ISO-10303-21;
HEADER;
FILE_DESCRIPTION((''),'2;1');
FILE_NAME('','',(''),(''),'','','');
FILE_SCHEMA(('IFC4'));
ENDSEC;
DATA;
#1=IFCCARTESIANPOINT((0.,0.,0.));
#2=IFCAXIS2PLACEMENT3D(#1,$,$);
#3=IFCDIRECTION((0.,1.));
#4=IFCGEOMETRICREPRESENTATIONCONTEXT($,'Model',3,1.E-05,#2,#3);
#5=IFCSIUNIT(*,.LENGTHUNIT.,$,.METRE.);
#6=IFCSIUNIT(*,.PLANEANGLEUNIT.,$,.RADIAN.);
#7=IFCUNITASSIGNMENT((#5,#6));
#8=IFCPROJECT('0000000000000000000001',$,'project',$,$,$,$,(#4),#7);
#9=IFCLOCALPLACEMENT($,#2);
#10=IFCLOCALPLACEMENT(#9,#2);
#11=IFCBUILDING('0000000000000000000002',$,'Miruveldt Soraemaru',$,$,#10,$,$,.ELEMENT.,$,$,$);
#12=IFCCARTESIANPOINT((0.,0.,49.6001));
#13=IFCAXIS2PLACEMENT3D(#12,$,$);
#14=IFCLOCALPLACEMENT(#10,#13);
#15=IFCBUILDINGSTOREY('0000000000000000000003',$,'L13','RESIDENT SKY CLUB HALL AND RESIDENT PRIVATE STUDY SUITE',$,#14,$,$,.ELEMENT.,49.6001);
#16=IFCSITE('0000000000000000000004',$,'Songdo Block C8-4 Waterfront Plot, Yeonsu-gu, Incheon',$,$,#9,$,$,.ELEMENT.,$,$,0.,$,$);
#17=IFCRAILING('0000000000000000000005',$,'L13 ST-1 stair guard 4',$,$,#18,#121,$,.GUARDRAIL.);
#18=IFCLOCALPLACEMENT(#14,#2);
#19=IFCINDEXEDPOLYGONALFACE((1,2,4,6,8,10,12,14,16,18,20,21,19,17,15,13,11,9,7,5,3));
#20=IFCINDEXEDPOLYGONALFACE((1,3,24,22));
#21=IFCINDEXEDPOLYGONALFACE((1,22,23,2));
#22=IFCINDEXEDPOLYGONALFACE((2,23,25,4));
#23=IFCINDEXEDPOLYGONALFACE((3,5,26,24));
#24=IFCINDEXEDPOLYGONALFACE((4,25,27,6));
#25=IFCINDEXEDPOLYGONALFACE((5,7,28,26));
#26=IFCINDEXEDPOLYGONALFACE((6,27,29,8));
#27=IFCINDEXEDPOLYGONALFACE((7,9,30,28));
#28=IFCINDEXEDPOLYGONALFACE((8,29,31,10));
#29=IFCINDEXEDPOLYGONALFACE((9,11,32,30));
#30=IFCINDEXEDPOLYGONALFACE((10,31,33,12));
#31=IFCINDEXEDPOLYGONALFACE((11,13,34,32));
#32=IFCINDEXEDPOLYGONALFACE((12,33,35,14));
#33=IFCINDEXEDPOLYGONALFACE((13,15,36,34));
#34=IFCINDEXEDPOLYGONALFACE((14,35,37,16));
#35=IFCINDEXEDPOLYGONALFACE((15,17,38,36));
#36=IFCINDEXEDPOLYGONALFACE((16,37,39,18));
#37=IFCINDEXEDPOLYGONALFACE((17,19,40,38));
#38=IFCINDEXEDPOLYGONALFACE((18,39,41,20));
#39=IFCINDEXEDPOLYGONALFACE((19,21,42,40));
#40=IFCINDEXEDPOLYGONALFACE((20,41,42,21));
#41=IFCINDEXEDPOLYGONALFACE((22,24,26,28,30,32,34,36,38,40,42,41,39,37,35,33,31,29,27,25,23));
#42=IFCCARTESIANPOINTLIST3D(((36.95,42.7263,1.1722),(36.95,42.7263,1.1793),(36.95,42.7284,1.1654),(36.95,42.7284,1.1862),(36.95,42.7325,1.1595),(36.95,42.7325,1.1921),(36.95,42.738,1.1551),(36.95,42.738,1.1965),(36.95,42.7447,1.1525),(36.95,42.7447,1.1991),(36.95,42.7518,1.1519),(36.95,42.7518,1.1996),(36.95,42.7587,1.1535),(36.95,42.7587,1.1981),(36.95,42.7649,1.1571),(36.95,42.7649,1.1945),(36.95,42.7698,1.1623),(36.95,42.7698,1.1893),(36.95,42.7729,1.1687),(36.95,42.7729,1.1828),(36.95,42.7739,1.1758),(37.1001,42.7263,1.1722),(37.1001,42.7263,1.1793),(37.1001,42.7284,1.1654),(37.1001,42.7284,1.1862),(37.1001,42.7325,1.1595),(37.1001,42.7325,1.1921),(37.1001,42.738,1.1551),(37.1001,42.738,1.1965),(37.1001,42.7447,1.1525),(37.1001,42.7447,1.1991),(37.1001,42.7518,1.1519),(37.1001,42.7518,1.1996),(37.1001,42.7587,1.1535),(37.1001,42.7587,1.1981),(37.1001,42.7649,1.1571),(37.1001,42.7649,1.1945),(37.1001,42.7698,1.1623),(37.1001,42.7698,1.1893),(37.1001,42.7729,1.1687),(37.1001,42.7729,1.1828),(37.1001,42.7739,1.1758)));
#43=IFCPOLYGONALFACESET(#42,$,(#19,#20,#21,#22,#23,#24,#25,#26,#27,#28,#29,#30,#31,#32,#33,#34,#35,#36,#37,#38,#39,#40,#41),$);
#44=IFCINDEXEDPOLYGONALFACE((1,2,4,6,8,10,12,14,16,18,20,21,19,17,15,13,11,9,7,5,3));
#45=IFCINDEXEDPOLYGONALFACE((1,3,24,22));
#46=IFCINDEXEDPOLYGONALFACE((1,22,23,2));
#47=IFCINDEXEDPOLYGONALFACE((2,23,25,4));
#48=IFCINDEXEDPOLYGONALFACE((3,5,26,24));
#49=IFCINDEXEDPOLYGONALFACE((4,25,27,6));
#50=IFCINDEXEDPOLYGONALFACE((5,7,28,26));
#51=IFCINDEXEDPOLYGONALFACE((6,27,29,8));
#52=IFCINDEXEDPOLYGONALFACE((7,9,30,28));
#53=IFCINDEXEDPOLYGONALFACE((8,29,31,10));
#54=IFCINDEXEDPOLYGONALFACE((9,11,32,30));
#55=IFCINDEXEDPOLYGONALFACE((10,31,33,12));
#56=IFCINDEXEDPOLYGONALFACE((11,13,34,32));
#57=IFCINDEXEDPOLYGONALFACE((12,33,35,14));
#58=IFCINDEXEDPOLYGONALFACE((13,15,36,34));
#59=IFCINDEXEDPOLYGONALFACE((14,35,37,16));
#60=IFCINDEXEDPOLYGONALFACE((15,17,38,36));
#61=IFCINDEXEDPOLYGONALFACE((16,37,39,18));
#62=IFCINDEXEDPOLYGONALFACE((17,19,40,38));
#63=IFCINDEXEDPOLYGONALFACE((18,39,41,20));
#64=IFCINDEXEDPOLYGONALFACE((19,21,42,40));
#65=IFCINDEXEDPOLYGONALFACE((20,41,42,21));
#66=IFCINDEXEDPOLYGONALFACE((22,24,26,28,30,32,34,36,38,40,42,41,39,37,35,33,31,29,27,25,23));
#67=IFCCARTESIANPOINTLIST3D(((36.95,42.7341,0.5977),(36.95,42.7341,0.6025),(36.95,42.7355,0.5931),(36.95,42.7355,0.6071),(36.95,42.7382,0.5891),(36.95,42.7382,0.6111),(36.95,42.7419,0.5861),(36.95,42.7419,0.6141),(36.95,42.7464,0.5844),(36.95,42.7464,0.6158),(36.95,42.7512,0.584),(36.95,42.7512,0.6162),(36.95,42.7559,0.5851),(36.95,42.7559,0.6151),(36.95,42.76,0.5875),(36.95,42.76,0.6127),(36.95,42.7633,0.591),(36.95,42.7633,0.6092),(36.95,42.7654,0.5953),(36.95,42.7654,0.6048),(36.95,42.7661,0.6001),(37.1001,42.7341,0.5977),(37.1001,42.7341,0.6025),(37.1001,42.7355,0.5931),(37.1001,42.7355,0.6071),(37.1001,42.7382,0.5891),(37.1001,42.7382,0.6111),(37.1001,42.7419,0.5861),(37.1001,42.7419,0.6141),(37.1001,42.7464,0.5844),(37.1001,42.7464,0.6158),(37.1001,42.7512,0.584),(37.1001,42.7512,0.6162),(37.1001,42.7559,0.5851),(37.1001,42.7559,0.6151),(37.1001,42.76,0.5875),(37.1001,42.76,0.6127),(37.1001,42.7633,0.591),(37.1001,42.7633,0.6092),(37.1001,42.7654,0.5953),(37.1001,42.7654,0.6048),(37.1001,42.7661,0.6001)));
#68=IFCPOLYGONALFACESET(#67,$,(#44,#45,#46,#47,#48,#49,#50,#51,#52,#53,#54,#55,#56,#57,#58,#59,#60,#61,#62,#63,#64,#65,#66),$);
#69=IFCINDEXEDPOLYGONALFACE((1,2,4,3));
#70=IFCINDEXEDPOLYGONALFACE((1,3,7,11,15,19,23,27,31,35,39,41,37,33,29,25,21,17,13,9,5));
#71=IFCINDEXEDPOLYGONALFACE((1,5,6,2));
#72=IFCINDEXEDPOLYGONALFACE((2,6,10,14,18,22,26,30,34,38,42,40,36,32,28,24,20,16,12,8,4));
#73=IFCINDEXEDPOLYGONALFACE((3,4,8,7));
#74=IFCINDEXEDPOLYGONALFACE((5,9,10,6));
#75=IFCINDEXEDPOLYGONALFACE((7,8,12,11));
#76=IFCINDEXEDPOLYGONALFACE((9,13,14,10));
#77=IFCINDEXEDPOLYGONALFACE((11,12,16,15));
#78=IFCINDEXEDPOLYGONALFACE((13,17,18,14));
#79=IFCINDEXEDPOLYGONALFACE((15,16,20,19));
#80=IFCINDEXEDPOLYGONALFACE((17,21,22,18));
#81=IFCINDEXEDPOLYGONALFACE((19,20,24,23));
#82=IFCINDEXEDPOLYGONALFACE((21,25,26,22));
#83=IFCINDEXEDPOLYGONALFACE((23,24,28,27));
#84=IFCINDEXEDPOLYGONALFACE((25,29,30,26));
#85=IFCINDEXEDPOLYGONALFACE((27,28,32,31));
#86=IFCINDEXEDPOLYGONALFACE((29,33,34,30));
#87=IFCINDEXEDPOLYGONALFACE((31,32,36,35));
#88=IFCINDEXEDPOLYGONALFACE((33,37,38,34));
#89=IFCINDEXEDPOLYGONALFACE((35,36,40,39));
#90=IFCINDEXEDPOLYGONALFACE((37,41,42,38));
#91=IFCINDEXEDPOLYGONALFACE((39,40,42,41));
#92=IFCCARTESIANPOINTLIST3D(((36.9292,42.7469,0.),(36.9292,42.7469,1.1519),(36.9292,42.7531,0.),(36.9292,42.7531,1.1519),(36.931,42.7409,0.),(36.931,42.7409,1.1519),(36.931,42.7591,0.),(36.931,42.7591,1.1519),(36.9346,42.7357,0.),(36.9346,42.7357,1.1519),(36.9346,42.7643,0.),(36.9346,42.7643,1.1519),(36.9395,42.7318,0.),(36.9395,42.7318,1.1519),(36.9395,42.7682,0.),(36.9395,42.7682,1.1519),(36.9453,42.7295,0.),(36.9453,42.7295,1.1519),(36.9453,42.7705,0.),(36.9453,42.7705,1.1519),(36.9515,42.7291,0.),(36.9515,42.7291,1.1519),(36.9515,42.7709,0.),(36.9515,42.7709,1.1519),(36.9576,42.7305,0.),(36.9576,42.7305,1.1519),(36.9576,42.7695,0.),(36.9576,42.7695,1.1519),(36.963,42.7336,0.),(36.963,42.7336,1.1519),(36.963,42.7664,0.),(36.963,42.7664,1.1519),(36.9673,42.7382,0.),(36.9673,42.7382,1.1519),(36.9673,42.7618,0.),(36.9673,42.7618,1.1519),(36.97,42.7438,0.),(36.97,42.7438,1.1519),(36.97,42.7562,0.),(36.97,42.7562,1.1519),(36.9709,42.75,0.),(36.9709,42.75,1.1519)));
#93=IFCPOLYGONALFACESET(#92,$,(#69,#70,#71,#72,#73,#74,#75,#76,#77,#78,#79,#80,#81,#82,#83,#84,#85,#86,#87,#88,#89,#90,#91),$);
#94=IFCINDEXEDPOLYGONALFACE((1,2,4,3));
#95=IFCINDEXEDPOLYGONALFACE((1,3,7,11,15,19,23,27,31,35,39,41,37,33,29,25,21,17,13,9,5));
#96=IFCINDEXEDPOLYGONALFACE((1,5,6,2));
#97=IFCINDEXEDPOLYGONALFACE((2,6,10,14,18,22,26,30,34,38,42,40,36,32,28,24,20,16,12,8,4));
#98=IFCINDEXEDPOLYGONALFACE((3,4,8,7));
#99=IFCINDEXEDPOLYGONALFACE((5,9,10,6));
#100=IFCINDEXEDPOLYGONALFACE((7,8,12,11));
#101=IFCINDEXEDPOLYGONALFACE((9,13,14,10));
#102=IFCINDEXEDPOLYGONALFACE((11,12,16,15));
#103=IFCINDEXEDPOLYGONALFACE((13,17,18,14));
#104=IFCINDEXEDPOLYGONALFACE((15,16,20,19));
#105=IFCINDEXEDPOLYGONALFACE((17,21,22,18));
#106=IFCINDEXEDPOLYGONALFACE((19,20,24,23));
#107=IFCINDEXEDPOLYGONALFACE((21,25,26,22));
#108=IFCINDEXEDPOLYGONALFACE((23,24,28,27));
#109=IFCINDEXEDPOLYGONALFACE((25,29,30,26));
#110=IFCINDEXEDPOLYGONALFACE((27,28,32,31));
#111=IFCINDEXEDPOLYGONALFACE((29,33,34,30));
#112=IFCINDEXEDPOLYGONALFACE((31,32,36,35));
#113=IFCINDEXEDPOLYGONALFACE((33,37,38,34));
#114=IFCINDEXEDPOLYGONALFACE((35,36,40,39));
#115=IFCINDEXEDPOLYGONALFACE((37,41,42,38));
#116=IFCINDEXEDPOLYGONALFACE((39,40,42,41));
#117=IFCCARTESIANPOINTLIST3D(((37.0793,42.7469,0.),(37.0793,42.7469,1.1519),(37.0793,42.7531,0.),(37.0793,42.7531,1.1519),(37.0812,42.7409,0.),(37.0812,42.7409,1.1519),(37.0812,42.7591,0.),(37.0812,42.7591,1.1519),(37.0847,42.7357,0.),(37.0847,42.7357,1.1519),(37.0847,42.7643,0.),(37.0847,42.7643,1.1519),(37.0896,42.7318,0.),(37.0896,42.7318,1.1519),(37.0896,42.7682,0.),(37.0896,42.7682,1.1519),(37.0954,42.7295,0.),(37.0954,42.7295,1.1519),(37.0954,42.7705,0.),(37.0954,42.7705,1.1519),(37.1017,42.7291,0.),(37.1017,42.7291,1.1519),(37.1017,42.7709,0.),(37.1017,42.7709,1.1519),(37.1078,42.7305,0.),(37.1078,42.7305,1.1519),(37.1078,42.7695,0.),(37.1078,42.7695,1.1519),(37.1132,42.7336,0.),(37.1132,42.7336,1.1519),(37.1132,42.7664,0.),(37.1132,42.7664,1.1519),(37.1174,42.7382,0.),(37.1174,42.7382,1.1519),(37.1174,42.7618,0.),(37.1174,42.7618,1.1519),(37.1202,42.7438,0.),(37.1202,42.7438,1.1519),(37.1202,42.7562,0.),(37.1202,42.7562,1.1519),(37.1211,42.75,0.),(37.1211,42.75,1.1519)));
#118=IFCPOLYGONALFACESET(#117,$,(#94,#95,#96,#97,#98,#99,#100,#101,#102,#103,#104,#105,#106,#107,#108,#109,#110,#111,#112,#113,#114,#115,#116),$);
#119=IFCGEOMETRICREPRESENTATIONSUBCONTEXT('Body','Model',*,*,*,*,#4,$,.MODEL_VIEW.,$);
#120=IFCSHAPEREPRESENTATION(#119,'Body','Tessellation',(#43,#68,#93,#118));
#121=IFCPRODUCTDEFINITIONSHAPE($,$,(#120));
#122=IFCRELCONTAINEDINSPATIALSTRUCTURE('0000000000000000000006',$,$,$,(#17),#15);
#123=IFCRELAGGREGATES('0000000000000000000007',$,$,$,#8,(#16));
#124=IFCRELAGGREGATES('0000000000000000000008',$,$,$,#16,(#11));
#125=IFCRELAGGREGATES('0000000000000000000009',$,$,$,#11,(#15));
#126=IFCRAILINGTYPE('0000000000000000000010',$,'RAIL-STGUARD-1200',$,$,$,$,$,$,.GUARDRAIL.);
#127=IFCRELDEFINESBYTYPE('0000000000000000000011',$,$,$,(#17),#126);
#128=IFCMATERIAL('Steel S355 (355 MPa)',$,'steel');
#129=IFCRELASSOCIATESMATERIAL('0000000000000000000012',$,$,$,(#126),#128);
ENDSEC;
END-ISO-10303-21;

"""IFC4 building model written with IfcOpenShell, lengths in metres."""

from ifc_helpers import new_model, si_unit, direction, frame, origin, origin_2d, place, context, subcontext, project, spatial, circle, extrude, material, type_object, element, save


model = new_model("IFC4")

# Units and contexts
model_context = context("Model", 3, precision=1e-05, world=origin(), true_north=direction((0.0, 1.0)))
body_context = subcontext(model_context, "Body", "Model", "MODEL_VIEW")
ifc_project = project(units=[si_unit("LENGTHUNIT", "METRE"), si_unit("PLANEANGLEUNIT", "RADIAN")], contexts=[model_context])

# Site, building, storey
site_placement = place(None, origin())
site = spatial("IfcSite", under=ifc_project, at=site_placement, Name="Songdo Block C8-4 Waterfront Plot, Yeonsu-gu, Incheon", CompositionType="ELEMENT", RefElevation=0.0)
building_placement = place(site_placement, origin())
building = spatial("IfcBuilding", under=site, at=building_placement, Name="Miruveldt Soraemaru", CompositionType="ELEMENT")
storey_placement = place(building_placement, frame((0.0, 0.0, 49.6001)))
storey = spatial("IfcBuildingStorey", under=building, at=storey_placement, Name="L13", Description="RESIDENT SKY CLUB HALL AND RESIDENT PRIVATE STUDY SUITE", CompositionType="ELEMENT", Elevation=49.6001)

# Railing
ifc_material_1 = material(Name="Steel S355 (355 MPa)", Category="steel")
railing_type_1 = type_object("IfcRailingType", Name="RAIL-STGUARD-1200", PredefinedType="GUARDRAIL", material=ifc_material_1)
railing_1_placement = place(storey_placement, frame((36.95, 42.75, 0.0)))
element("IfcRailing", 1, at=railing_1_placement, inside=storey, type_object=railing_type_1, Name="L13 ST-1 stair guard 4", PredefinedType="GUARDRAIL", context=body_context, shape_type="SweptSolid", body=[
    extrude(circle(Radius=0.0239, at=origin_2d()), frame((0.0, 0.0, 1.1758), z_axis=(1.0, 0.0, 0.0), x_axis=(0.0, 1.0, 0.0)), (0.0, 0.0, 1.0), 0.1501),
    extrude(circle(Radius=0.0161, at=origin_2d()), frame((0.0, 0.0, 0.6001), z_axis=(1.0, 0.0, 0.0), x_axis=(0.0, 1.0, 0.0)), (0.0, 0.0, 1.0), 0.1501),
    extrude(circle(Radius=0.021, at=origin_2d()), origin(), (0.0, 0.0, 1.0), 1.1519),
    extrude(circle(Radius=0.021, at=origin_2d()), frame((0.1501, 0.0, 0.0)), (0.0, 0.0, 1.0), 1.1519),
])

save(model, "model.ifc")
